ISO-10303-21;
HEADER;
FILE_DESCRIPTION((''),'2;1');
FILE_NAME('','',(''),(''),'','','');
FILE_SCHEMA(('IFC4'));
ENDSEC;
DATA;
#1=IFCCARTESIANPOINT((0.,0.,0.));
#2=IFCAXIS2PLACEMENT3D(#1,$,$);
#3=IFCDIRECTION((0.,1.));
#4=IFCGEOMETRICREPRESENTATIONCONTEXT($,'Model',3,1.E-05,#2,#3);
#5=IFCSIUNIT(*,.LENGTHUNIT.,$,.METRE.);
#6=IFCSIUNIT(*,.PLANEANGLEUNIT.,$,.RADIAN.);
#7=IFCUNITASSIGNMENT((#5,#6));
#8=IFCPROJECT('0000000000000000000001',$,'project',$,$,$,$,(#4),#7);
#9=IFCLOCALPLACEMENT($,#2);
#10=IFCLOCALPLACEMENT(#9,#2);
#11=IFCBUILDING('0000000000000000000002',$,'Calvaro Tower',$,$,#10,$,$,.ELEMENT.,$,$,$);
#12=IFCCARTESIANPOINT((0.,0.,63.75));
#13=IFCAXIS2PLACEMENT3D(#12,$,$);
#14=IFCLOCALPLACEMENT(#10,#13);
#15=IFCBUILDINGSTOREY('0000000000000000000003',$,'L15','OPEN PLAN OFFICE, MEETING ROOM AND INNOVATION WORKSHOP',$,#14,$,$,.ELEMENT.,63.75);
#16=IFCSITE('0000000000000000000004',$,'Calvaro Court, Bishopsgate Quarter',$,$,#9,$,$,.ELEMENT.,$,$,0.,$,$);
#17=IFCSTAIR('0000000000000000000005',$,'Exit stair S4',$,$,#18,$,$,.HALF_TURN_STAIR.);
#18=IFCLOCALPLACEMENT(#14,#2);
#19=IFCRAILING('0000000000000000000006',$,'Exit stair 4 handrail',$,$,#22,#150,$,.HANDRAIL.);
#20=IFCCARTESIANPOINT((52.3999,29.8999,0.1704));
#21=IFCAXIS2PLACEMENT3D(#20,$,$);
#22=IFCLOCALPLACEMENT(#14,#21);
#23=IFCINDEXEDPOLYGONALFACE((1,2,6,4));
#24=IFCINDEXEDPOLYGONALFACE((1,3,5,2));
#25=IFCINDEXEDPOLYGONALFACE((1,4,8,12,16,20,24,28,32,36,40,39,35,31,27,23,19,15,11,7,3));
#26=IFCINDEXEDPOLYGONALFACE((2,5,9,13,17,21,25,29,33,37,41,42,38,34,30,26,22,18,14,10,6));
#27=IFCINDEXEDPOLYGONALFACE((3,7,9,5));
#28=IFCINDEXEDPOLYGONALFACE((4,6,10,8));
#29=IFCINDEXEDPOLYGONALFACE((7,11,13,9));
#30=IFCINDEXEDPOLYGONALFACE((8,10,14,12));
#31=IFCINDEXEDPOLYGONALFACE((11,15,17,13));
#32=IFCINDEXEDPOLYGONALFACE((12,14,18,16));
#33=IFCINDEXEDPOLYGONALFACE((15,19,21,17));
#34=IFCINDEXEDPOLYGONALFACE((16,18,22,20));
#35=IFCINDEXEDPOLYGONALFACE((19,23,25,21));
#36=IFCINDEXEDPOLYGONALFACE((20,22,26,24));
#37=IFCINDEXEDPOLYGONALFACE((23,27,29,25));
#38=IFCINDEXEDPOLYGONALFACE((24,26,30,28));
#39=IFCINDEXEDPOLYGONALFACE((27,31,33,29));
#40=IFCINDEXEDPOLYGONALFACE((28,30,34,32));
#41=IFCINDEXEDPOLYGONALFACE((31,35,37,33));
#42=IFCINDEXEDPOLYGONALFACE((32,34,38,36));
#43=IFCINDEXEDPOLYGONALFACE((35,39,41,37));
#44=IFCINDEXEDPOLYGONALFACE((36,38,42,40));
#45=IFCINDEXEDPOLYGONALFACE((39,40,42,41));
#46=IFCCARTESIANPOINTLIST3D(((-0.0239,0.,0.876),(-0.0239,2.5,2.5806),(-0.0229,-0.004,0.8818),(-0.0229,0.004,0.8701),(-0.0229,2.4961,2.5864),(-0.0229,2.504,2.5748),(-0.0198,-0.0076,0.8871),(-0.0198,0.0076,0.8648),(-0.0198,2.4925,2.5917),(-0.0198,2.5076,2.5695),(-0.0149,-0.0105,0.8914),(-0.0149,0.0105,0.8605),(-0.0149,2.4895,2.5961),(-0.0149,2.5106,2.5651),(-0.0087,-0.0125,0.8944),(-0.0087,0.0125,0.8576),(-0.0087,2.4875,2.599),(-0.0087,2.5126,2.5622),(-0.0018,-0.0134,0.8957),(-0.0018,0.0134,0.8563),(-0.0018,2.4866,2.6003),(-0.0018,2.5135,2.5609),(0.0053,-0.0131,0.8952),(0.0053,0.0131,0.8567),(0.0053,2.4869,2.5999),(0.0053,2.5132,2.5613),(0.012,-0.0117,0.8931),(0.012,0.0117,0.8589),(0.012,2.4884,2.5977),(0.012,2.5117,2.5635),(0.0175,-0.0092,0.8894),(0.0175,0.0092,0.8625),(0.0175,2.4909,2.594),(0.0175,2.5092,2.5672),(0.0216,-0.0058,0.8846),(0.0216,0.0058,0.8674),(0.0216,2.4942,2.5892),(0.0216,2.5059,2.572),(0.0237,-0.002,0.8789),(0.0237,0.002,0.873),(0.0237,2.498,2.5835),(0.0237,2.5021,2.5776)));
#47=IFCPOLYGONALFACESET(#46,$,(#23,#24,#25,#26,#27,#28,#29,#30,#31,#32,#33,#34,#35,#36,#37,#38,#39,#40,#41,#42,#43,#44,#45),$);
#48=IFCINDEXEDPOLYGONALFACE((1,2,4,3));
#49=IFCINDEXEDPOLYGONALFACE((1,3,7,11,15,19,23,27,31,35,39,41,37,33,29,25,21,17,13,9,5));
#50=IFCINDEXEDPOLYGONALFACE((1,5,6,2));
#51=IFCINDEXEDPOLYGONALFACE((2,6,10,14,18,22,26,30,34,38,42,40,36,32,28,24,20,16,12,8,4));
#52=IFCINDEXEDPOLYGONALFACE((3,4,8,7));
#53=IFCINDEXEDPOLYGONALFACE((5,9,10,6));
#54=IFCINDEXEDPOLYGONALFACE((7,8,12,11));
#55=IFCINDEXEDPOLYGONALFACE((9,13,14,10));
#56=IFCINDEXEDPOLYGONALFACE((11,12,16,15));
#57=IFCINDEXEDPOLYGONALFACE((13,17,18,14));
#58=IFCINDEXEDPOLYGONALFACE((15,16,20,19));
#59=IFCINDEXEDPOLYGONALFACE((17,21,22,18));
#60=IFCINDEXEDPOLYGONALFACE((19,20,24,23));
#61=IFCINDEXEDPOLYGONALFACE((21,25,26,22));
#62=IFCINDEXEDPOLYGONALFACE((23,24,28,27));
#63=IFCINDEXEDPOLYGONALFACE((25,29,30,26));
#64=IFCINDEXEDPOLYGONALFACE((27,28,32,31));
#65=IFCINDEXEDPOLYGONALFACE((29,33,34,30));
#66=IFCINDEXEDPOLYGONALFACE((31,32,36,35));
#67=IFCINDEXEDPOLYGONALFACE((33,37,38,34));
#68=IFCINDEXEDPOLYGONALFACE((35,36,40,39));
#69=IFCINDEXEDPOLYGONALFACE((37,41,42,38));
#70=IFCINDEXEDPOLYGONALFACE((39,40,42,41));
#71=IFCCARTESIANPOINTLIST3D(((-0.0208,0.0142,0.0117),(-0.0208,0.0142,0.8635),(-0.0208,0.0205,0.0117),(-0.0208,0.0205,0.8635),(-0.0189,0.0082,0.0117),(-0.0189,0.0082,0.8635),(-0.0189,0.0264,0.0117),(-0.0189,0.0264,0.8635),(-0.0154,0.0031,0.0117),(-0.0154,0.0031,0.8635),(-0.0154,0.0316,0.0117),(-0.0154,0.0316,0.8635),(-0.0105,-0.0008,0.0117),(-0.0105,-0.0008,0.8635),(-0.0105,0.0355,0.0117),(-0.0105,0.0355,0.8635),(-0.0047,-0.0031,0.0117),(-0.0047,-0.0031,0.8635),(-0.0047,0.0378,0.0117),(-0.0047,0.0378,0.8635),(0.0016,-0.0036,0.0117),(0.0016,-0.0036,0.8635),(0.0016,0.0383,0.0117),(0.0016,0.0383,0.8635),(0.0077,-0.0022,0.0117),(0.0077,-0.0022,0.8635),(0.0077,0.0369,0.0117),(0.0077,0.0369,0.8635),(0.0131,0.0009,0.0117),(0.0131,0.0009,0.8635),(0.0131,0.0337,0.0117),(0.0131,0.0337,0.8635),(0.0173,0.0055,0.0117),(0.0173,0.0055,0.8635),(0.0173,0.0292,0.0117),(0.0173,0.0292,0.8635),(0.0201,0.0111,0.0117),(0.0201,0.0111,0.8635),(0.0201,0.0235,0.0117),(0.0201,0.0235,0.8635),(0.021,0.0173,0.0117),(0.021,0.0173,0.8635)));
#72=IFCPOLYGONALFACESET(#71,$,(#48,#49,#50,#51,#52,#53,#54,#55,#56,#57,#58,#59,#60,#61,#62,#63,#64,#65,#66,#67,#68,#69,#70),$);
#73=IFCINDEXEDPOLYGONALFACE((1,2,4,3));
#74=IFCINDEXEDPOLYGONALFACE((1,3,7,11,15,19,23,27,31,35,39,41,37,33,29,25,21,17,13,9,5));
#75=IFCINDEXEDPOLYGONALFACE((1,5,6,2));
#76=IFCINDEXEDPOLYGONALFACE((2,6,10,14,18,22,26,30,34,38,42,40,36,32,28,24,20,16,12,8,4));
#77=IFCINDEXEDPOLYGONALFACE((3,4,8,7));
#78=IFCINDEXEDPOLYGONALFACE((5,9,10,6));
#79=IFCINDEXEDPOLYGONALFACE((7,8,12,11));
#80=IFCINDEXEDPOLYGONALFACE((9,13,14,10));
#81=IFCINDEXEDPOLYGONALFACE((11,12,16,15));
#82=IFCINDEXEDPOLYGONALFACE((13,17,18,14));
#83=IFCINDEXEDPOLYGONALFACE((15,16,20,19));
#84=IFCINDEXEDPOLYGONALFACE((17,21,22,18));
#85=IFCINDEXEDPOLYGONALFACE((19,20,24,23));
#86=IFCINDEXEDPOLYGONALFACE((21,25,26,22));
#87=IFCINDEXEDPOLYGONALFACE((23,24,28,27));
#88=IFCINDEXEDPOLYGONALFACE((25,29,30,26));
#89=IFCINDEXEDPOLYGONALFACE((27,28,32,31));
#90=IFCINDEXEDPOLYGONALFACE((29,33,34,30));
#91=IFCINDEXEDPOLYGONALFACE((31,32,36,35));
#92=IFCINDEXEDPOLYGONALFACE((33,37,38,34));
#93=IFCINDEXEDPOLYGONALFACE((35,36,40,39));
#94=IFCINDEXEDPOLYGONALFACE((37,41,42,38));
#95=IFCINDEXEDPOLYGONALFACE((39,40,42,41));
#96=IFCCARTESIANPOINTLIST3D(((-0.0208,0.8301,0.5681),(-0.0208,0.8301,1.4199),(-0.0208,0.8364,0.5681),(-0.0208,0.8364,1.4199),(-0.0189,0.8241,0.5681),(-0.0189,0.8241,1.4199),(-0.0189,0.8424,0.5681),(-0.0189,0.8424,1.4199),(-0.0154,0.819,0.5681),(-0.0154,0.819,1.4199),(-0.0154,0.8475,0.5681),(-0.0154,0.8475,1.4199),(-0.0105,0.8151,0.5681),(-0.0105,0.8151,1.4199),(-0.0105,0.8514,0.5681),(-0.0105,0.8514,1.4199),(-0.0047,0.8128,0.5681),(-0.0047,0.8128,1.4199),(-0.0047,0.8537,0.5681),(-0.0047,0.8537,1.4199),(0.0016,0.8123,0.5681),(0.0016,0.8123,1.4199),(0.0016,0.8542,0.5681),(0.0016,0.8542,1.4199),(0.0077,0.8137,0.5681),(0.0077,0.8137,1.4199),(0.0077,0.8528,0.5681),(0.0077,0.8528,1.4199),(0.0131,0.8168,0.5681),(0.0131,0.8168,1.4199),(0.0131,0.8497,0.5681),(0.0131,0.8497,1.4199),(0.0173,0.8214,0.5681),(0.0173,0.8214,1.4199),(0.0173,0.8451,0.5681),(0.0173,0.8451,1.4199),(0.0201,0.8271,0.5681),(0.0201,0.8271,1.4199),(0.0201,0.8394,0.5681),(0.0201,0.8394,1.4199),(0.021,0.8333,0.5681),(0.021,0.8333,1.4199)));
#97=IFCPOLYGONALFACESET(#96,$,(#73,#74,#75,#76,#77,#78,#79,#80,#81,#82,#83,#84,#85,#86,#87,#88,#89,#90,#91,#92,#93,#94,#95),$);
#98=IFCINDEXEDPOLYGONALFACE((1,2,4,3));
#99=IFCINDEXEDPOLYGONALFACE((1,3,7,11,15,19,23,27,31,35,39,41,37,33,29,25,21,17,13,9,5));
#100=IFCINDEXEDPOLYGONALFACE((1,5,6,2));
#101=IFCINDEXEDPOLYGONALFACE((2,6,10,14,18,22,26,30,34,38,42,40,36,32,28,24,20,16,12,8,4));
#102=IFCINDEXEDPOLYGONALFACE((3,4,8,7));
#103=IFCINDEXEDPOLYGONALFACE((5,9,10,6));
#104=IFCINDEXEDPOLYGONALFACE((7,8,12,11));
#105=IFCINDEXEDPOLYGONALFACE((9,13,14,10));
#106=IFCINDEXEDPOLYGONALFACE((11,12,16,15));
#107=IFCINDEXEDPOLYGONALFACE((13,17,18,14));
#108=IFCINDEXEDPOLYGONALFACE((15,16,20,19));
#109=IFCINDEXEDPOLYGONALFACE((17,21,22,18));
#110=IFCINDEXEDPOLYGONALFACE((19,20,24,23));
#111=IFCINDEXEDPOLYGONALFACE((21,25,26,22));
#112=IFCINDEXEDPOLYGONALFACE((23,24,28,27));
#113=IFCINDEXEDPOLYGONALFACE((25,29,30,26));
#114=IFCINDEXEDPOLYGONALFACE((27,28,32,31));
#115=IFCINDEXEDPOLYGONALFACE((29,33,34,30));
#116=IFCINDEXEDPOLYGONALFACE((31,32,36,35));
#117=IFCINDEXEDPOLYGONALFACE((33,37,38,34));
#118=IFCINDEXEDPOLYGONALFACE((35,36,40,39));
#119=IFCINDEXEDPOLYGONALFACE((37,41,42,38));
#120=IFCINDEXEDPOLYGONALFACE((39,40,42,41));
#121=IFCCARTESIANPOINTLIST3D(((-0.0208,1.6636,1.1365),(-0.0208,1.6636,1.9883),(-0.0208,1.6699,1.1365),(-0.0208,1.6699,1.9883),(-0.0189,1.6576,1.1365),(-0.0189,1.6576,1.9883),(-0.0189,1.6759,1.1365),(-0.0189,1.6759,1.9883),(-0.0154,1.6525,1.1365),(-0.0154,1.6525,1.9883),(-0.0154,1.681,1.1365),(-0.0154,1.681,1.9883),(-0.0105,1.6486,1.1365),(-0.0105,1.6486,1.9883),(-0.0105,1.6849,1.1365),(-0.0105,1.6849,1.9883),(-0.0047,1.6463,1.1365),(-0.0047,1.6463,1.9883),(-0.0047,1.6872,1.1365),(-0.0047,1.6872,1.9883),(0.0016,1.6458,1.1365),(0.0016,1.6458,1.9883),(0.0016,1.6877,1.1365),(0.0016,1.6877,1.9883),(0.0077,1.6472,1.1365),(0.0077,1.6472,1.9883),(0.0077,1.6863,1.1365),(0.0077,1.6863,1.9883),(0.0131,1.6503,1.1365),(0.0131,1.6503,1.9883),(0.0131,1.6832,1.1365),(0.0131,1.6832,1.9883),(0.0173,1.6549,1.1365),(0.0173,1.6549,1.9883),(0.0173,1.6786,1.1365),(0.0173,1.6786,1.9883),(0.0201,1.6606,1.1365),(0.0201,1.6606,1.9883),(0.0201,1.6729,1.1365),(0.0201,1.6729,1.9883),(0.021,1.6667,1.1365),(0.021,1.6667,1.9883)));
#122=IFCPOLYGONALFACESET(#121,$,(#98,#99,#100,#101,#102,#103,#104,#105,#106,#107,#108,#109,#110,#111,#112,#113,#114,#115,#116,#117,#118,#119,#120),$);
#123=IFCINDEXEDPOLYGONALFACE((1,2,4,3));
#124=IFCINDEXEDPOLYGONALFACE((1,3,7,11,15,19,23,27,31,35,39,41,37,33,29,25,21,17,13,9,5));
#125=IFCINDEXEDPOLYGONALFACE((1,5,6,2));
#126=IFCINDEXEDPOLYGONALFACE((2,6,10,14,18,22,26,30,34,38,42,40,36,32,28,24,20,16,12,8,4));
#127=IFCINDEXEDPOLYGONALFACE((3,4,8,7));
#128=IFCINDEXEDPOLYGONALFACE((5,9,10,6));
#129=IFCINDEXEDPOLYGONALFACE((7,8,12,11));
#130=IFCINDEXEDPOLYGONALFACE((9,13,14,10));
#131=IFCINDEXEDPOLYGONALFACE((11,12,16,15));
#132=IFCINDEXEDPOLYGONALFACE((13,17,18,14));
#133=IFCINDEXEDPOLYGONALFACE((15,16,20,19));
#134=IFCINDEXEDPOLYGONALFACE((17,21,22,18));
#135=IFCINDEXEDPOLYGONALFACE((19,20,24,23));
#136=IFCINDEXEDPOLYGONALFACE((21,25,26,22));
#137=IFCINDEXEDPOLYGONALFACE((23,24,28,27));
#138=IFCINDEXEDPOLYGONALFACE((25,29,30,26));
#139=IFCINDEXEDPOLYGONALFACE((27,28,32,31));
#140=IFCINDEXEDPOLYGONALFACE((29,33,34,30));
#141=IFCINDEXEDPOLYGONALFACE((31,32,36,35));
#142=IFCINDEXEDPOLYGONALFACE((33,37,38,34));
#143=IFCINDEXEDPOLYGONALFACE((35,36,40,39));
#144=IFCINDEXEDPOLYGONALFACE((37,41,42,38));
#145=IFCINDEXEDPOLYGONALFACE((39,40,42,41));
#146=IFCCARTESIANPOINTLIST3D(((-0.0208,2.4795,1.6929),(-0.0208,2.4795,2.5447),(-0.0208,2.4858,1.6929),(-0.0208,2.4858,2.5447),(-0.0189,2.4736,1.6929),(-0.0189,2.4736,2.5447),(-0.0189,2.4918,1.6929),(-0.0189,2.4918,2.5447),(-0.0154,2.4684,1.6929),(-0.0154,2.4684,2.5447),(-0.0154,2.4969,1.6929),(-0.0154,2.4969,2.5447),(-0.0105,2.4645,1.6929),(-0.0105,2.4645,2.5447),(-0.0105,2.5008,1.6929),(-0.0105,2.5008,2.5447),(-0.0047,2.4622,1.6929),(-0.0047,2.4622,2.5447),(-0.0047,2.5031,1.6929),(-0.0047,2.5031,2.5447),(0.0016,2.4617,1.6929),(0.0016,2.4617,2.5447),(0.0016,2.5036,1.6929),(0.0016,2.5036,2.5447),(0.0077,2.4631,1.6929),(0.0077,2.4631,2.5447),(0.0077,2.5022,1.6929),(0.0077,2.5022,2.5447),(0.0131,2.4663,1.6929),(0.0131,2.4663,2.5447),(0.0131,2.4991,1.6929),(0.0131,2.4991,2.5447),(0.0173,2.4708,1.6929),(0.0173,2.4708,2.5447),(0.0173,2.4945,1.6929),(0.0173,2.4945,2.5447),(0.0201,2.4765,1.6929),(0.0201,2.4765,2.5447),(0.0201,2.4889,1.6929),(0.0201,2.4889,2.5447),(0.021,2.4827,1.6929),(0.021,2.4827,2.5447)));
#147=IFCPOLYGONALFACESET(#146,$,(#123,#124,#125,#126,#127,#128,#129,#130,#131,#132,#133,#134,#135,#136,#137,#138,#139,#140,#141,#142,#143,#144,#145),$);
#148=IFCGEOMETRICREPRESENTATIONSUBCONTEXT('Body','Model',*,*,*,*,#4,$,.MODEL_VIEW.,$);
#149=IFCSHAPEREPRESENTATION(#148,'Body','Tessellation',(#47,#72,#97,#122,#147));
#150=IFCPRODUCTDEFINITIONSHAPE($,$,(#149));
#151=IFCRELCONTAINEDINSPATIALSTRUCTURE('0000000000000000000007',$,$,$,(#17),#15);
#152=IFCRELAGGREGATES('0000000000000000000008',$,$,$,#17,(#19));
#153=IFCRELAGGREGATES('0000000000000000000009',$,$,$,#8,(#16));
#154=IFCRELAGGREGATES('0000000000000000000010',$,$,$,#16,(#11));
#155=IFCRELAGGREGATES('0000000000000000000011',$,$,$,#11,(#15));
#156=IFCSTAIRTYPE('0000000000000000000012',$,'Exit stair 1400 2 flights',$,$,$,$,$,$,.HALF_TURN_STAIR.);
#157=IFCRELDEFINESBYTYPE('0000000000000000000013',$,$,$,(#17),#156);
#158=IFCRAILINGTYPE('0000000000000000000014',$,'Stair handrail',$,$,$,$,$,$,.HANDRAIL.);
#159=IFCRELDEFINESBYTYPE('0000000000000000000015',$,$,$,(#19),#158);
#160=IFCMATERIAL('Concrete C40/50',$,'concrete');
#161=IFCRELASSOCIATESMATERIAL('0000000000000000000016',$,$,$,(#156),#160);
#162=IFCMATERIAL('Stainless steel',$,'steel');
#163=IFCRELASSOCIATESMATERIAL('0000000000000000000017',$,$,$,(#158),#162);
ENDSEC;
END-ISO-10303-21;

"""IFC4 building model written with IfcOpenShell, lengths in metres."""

from ifc_helpers import new_model, si_unit, direction, frame, origin, origin_2d, place, context, subcontext, project, spatial, circle, extrude, material, type_object, element, aggregate, save


model = new_model("IFC4")

# Units and contexts
model_context = context("Model", 3, precision=1e-05, world=origin(), true_north=direction((0.0, 1.0)))
body_context = subcontext(model_context, "Body", "Model", "MODEL_VIEW")
ifc_project = project(units=[si_unit("LENGTHUNIT", "METRE"), si_unit("PLANEANGLEUNIT", "RADIAN")], contexts=[model_context])

# Site, building, storey
site_placement = place(None, origin())
site = spatial("IfcSite", under=ifc_project, at=site_placement, Name="Calvaro Court, Bishopsgate Quarter", CompositionType="ELEMENT", RefElevation=0.0)
building_placement = place(site_placement, origin())
building = spatial("IfcBuilding", under=site, at=building_placement, Name="Calvaro Tower", CompositionType="ELEMENT")
storey_placement = place(building_placement, frame((0.0, 0.0, 63.75)))
storey = spatial("IfcBuildingStorey", under=building, at=storey_placement, Name="L15", Description="OPEN PLAN OFFICE, MEETING ROOM AND INNOVATION WORKSHOP", CompositionType="ELEMENT", Elevation=63.75)

# Stair
ifc_material_1 = material(Name="Concrete C40/50", Category="concrete")
stair_type = type_object("IfcStairType", Name="Exit stair 1400 2 flights", PredefinedType="HALF_TURN_STAIR", material=ifc_material_1)
stair_1_placement = place(storey_placement, origin())
stair_1 = element("IfcStair", 1, at=stair_1_placement, inside=storey, type_object=stair_type, Name="Exit stair S4", PredefinedType="HALF_TURN_STAIR")

# Railing
ifc_material_2 = material(Name="Stainless steel", Category="steel")
railing_type = type_object("IfcRailingType", Name="Stair handrail", PredefinedType="HANDRAIL", material=ifc_material_2)
railing_1_placement = place(storey_placement, frame((52.3999, 29.8999, 0.1704)))
railing_1 = element("IfcRailing", 2, at=railing_1_placement, type_object=railing_type, Name="Exit stair 4 handrail", PredefinedType="HANDRAIL", context=body_context, shape_type="SweptSolid", body=[
    extrude(circle(Radius=0.0239, at=origin_2d()), frame((0.0, 0.0, 0.876), z_axis=(0.0, 0.826221, 0.563347), x_axis=(-1.0, 0.0, 0.0)), (0.0, 0.0, 1.0), 3.0259),
    extrude(circle(Radius=0.021, at=origin_2d()), frame((0.0, 0.0173, 0.0117)), (0.0, 0.0, 1.0), 0.8518),
    extrude(circle(Radius=0.021, at=origin_2d()), frame((0.0, 0.8333, 0.5681)), (0.0, 0.0, 1.0), 0.8518),
    extrude(circle(Radius=0.021, at=origin_2d()), frame((0.0, 1.6667, 1.1365)), (0.0, 0.0, 1.0), 0.8518),
    extrude(circle(Radius=0.021, at=origin_2d()), frame((0.0, 2.4827, 1.6929)), (0.0, 0.0, 1.0), 0.8518),
])
aggregate(stair_1, [railing_1])

save(model, "model.ifc")
